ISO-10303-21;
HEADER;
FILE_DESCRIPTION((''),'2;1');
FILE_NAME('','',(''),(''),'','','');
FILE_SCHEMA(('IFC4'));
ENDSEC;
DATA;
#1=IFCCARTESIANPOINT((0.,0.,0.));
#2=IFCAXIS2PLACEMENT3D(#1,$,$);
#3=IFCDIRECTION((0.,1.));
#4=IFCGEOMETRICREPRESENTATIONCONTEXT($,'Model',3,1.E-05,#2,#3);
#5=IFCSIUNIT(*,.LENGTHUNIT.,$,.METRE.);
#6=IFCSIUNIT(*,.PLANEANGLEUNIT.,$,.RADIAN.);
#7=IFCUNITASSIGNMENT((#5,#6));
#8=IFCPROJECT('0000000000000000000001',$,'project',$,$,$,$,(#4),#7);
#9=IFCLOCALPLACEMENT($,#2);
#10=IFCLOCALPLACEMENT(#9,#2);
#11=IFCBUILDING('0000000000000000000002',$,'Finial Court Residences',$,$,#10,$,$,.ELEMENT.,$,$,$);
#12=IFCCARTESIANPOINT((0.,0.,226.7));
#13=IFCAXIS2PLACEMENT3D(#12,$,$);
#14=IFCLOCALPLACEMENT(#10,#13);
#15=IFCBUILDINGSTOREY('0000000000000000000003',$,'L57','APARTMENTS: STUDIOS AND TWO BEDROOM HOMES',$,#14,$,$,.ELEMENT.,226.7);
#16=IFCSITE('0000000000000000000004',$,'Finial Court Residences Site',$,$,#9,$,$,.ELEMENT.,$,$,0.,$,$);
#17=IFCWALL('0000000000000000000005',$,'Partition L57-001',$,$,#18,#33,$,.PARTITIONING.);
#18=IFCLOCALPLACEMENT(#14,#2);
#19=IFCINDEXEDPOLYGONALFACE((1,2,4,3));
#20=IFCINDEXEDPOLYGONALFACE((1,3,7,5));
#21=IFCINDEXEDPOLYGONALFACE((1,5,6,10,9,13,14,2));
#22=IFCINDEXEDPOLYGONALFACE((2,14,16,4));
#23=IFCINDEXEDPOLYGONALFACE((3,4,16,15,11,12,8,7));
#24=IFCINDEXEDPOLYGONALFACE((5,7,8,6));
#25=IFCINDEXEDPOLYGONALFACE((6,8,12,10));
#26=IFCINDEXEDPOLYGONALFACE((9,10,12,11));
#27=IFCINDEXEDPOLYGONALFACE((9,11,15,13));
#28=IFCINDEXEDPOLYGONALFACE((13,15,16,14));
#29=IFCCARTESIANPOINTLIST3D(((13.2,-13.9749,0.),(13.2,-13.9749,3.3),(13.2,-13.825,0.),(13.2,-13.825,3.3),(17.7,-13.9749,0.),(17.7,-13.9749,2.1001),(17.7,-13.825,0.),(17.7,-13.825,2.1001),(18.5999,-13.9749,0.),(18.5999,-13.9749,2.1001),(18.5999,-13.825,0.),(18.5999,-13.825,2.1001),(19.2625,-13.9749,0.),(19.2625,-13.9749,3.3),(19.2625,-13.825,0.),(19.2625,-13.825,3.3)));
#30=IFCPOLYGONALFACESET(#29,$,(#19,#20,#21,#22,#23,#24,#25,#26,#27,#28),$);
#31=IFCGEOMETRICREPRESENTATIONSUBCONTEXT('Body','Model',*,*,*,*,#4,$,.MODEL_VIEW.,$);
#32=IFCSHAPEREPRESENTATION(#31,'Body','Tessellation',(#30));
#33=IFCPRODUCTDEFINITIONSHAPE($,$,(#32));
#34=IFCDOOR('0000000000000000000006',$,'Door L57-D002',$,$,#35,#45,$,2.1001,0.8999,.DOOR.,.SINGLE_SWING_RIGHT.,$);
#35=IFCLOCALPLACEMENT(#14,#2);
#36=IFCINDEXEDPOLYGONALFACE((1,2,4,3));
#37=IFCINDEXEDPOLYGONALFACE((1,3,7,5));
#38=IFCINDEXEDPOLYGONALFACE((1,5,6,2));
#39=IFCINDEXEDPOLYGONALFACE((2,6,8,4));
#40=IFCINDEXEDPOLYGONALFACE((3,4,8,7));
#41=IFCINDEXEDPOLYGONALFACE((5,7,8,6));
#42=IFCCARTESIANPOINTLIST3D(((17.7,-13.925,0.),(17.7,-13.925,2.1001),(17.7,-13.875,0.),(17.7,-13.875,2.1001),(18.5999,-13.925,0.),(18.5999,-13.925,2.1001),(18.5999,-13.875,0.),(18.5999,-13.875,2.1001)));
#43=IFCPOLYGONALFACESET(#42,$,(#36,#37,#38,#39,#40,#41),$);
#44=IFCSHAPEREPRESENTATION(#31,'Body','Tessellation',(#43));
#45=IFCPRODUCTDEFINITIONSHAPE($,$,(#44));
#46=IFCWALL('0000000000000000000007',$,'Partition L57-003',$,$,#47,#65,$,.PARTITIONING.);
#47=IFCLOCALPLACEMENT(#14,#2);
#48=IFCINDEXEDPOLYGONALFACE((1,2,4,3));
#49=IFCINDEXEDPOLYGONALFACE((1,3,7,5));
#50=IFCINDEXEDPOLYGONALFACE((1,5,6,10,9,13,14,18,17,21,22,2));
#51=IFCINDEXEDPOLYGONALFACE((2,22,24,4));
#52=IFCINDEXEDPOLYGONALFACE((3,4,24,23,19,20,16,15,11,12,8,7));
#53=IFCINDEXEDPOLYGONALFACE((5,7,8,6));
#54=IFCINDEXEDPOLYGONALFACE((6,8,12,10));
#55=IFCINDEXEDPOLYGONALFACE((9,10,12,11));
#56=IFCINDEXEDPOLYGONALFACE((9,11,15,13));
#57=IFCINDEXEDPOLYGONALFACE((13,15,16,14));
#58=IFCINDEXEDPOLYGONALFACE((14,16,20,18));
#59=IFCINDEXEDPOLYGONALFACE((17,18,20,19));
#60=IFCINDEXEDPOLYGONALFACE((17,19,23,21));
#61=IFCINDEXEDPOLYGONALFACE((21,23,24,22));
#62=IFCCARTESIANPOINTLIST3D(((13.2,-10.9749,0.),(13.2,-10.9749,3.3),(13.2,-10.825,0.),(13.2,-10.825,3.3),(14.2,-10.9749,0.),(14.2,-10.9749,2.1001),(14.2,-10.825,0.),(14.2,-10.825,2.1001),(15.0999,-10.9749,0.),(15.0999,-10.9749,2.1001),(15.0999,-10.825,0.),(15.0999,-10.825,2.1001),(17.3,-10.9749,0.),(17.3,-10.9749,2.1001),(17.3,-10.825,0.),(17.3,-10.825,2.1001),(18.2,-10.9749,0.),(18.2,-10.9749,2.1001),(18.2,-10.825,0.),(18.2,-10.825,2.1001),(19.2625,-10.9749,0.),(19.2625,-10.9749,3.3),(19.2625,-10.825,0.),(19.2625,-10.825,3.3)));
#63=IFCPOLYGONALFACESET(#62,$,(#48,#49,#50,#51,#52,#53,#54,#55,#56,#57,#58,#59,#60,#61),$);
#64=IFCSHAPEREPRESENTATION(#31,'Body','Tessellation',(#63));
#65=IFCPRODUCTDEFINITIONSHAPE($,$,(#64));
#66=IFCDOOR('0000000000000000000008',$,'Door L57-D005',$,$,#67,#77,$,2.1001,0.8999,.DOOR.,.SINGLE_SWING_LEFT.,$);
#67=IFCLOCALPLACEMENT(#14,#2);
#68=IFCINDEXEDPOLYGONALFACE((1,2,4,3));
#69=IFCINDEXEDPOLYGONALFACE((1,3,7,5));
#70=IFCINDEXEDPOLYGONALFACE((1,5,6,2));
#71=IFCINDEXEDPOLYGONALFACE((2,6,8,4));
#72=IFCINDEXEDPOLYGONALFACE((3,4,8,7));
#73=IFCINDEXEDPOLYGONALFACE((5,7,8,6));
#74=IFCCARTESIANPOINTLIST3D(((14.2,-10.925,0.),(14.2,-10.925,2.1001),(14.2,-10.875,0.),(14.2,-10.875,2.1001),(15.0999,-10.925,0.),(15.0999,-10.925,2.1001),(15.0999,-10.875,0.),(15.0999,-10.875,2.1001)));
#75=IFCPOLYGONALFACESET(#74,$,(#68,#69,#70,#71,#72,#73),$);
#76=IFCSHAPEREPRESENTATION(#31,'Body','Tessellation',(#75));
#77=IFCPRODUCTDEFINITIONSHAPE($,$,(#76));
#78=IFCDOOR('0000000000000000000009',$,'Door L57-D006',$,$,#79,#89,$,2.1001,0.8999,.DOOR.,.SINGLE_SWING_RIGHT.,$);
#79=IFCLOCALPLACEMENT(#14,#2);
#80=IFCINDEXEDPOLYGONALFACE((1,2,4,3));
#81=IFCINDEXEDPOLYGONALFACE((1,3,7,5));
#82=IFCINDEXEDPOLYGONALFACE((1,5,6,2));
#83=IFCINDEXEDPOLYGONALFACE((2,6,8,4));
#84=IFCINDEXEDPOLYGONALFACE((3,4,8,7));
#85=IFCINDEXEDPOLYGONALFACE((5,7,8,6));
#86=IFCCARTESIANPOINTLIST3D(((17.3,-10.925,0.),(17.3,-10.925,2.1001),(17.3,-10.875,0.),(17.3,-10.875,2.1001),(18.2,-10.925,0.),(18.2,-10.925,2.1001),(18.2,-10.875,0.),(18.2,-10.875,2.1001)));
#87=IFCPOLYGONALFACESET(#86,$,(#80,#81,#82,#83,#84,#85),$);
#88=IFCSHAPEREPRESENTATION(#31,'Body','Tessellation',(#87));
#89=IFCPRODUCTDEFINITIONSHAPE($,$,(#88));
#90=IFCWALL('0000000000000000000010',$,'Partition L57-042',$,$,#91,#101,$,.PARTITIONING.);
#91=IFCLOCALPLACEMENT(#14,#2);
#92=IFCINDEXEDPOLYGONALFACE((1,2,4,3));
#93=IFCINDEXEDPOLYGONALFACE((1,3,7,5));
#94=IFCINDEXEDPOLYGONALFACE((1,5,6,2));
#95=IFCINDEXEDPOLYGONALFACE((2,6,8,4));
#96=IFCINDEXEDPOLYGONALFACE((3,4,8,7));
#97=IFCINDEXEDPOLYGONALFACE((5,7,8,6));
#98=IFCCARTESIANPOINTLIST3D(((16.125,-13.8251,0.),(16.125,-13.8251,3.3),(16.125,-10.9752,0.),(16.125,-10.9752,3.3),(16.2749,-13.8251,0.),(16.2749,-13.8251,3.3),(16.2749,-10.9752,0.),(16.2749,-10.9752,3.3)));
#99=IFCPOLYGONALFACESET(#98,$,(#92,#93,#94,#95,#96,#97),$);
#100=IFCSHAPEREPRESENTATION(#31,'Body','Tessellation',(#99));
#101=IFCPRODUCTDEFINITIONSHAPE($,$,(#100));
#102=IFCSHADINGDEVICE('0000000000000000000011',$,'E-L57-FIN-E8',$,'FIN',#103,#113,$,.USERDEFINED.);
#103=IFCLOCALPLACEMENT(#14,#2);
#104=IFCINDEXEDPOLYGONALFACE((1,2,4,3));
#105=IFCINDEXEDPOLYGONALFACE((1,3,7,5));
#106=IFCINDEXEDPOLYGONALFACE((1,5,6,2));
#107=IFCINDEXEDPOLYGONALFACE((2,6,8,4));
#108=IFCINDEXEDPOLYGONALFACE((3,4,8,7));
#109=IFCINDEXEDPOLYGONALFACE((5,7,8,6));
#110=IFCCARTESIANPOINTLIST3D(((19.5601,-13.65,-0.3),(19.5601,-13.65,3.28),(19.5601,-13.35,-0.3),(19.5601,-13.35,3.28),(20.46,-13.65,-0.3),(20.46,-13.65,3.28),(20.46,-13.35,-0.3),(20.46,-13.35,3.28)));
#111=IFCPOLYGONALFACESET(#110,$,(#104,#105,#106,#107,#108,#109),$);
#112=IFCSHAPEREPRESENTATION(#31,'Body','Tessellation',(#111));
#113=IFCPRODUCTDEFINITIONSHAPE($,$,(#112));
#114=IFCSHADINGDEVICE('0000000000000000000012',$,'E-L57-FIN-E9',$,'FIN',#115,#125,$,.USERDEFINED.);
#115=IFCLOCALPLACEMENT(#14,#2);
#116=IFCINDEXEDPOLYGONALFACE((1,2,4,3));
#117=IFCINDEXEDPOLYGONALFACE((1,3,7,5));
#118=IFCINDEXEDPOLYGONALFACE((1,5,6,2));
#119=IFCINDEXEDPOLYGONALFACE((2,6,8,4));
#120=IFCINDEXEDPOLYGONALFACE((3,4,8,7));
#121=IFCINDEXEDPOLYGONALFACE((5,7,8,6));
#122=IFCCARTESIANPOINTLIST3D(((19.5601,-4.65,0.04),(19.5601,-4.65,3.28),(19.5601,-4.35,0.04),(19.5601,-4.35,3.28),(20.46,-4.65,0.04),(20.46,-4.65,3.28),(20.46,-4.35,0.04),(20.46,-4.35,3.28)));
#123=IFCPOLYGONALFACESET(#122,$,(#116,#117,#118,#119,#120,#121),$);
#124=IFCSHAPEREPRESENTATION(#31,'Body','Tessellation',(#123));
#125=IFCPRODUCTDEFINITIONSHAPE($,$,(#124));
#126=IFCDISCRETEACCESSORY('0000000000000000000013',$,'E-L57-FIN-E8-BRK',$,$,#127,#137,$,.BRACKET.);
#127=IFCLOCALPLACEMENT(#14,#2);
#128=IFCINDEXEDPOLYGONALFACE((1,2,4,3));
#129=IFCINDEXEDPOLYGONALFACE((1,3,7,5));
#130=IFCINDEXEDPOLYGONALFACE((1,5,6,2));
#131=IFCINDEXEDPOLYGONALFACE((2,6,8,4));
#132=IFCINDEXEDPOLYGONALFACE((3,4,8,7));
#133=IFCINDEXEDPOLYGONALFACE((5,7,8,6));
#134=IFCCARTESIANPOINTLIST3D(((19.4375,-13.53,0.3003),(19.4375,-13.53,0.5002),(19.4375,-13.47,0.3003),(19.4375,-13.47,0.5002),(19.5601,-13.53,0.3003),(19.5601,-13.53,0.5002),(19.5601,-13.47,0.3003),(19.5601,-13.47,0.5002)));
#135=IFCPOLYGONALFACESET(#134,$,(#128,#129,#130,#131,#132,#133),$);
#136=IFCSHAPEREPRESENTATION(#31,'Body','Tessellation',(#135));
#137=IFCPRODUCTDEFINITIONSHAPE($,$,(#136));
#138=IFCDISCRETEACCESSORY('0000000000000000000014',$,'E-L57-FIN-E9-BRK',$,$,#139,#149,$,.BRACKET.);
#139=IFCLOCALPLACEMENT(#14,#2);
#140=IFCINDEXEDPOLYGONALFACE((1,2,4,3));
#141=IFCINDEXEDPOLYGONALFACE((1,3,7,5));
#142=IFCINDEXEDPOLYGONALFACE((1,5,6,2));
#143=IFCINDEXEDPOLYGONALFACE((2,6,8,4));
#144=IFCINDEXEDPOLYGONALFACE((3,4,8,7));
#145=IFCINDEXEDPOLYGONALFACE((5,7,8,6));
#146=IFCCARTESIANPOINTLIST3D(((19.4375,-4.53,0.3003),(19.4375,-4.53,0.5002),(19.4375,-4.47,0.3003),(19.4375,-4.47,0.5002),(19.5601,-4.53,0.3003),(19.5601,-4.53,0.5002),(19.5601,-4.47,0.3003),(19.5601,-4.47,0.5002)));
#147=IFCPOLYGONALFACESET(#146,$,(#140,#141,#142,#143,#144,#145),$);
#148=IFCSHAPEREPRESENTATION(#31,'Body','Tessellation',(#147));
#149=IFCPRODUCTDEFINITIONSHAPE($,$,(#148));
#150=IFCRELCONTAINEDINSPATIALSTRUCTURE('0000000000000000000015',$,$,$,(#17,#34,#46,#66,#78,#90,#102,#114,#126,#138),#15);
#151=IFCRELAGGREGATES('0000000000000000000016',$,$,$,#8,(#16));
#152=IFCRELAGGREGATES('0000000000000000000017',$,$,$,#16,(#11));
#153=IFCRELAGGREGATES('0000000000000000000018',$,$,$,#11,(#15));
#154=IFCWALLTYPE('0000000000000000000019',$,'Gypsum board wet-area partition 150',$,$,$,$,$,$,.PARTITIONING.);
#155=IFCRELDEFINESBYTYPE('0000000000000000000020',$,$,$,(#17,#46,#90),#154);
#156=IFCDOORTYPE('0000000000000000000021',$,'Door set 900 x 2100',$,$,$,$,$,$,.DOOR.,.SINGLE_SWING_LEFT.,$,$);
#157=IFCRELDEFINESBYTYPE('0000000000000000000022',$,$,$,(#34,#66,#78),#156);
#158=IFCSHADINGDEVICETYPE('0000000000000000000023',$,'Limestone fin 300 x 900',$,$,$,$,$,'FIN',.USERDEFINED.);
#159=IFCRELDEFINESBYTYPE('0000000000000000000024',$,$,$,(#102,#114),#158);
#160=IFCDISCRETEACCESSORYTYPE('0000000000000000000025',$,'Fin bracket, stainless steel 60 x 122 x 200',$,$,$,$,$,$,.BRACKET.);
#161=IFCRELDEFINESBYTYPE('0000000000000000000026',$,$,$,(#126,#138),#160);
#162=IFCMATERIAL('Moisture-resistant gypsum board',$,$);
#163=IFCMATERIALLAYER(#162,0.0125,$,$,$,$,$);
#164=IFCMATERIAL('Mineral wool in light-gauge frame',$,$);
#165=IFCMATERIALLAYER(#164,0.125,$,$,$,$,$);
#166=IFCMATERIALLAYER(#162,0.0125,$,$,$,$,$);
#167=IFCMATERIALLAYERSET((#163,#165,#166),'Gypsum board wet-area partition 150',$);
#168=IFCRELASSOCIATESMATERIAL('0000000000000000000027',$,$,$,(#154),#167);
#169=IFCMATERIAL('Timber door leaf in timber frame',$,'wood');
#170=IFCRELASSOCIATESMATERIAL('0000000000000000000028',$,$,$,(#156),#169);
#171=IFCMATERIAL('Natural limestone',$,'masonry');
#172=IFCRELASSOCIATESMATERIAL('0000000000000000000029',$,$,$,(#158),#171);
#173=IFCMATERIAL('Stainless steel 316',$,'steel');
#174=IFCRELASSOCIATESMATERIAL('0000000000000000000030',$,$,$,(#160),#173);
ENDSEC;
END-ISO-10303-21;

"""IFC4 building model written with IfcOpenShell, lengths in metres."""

from ifc_helpers import new_model, si_unit, direction, frame, frame_2d, origin, origin_2d, place, context, subcontext, project, spatial, rectangle, extrude, material, layer, layer_set, type_object, element, fill, save


model = new_model("IFC4")

# Units and contexts
model_context = context("Model", 3, precision=1e-05, world=origin(), true_north=direction((0.0, 1.0)))
body_context = subcontext(model_context, "Body", "Model", "MODEL_VIEW")
ifc_project = project(units=[si_unit("LENGTHUNIT", "METRE"), si_unit("PLANEANGLEUNIT", "RADIAN")], contexts=[model_context])

# Site, building, storey
site_placement = place(None, origin())
site = spatial("IfcSite", under=ifc_project, at=site_placement, Name="Finial Court Residences Site", CompositionType="ELEMENT", RefElevation=0.0)
building_placement = place(site_placement, origin())
building = spatial("IfcBuilding", under=site, at=building_placement, Name="Finial Court Residences", CompositionType="ELEMENT")
storey_placement = place(building_placement, frame((0.0, 0.0, 226.7)))
storey = spatial("IfcBuildingStorey", under=building, at=storey_placement, Name="L57", Description="APARTMENTS: STUDIOS AND TWO BEDROOM HOMES", CompositionType="ELEMENT", Elevation=226.7)

# Wall, opening, door
ifc_material_1 = material(Name="Moisture-resistant gypsum board")
ifc_layer_1 = layer(ifc_material_1, 0.0125)
ifc_material_2 = material(Name="Mineral wool in light-gauge frame")
ifc_layer_2 = layer(ifc_material_2, 0.125)
ifc_layer_3 = layer(ifc_material_1, 0.0125)
ifc_layer_set_1 = layer_set([ifc_layer_1, ifc_layer_2, ifc_layer_3], Name="Gypsum board wet-area partition 150")
wall_type_1 = type_object("IfcWallType", Name="Gypsum board wet-area partition 150", PredefinedType="PARTITIONING", material=ifc_layer_set_1)
wall_1_placement = place(storey_placement, frame((13.2, -13.8999, 0.0), z_axis=(0.0, 0.0, 1.0), x_axis=(1.0, 0.0, 0.0)))
wall_1 = element("IfcWall", 1, at=wall_1_placement, inside=storey, type_object=wall_type_1, Name="Partition L57-001", PredefinedType="PARTITIONING", context=body_context, shape_type="SweptSolid", body=[
    extrude(rectangle(XDim=6.0625, YDim=0.1499, at=frame_2d((3.0312, 0.0))), origin(), (0.0, 0.0, 1.0), 3.3),
])
opening_1_placement = place(wall_1_placement, frame((4.5, 0.0, 0.0)))
opening_1 = element("IfcOpeningElement", 2, at=opening_1_placement, cuts=wall_1, PredefinedType="OPENING", context=body_context, shape_type="SweptSolid", body=[
    extrude(rectangle(XDim=0.8999, YDim=2.1001, at=frame_2d((0.45, 1.05))), frame((0.0, 0.085, 0.0), z_axis=(0.0, -1.0, 0.0), x_axis=(1.0, 0.0, 0.0)), (0.0, 0.0, 1.0), 0.1699),
])
ifc_material_3 = material(Name="Timber door leaf in timber frame", Category="wood")
door_type_1 = type_object("IfcDoorType", Name="Door set 900 x 2100", OperationType="SINGLE_SWING_LEFT", PredefinedType="DOOR", material=ifc_material_3)
door_1_placement = place(opening_1_placement, origin())
door_1 = element("IfcDoor", 3, at=door_1_placement, inside=storey, type_object=door_type_1, Name="Door L57-D002", OperationType="SINGLE_SWING_RIGHT", OverallHeight=2.1001, OverallWidth=0.8999, PredefinedType="DOOR", context=body_context, shape_type="SweptSolid", body=[
    extrude(rectangle(XDim=0.8999, YDim=2.1001, at=frame_2d((0.45, 1.05))), frame((0.0, 0.0249, 0.0), z_axis=(0.0, -1.0, 0.0), x_axis=(1.0, 0.0, 0.0)), (0.0, 0.0, 1.0), 0.05),
])
fill(opening_1, door_1)

# Wall, openings, doors
wall_2_placement = place(storey_placement, frame((13.2, -10.8999, 0.0), z_axis=(0.0, 0.0, 1.0), x_axis=(1.0, 0.0, 0.0)))
wall_2 = element("IfcWall", 4, at=wall_2_placement, inside=storey, type_object=wall_type_1, Name="Partition L57-003", PredefinedType="PARTITIONING", context=body_context, shape_type="SweptSolid", body=[
    extrude(rectangle(XDim=6.0625, YDim=0.1499, at=frame_2d((3.0312, 0.0))), origin(), (0.0, 0.0, 1.0), 3.3),
])
opening_2_placement = place(wall_2_placement, frame((1.0, 0.0, 0.0)))
opening_2 = element("IfcOpeningElement", 5, at=opening_2_placement, cuts=wall_2, PredefinedType="OPENING", context=body_context, shape_type="SweptSolid", body=[
    extrude(rectangle(XDim=0.8999, YDim=2.1001, at=frame_2d((0.45, 1.05))), frame((0.0, 0.085, 0.0), z_axis=(0.0, -1.0, 0.0), x_axis=(1.0, 0.0, 0.0)), (0.0, 0.0, 1.0), 0.1699),
])
opening_3_placement = place(wall_2_placement, frame((4.1001, 0.0, 0.0)))
opening_3 = element("IfcOpeningElement", 6, at=opening_3_placement, cuts=wall_2, PredefinedType="OPENING", context=body_context, shape_type="SweptSolid", body=[
    extrude(rectangle(XDim=0.8999, YDim=2.1001, at=frame_2d((0.45, 1.05))), frame((0.0, 0.085, 0.0), z_axis=(0.0, -1.0, 0.0), x_axis=(1.0, 0.0, 0.0)), (0.0, 0.0, 1.0), 0.1699),
])
door_2_placement = place(opening_2_placement, origin())
door_2 = element("IfcDoor", 7, at=door_2_placement, inside=storey, type_object=door_type_1, Name="Door L57-D005", OperationType="SINGLE_SWING_LEFT", OverallHeight=2.1001, OverallWidth=0.8999, PredefinedType="DOOR", context=body_context, shape_type="SweptSolid", body=[
    extrude(rectangle(XDim=0.8999, YDim=2.1001, at=frame_2d((0.45, 1.05))), frame((0.0, 0.0249, 0.0), z_axis=(0.0, -1.0, 0.0), x_axis=(1.0, 0.0, 0.0)), (0.0, 0.0, 1.0), 0.05),
])
fill(opening_2, door_2)
door_3_placement = place(opening_3_placement, origin())
door_3 = element("IfcDoor", 8, at=door_3_placement, inside=storey, type_object=door_type_1, Name="Door L57-D006", OperationType="SINGLE_SWING_RIGHT", OverallHeight=2.1001, OverallWidth=0.8999, PredefinedType="DOOR", context=body_context, shape_type="SweptSolid", body=[
    extrude(rectangle(XDim=0.8999, YDim=2.1001, at=frame_2d((0.45, 1.05))), frame((0.0, 0.0249, 0.0), z_axis=(0.0, -1.0, 0.0), x_axis=(1.0, 0.0, 0.0)), (0.0, 0.0, 1.0), 0.05),
])
fill(opening_3, door_3)

# Wall
wall_3_placement = place(storey_placement, frame((16.2, -13.825, 0.0), z_axis=(0.0, 0.0, 1.0), x_axis=(0.0, 1.0, 0.0)))
element("IfcWall", 9, at=wall_3_placement, inside=storey, type_object=wall_type_1, Name="Partition L57-042", PredefinedType="PARTITIONING", context=body_context, shape_type="SweptSolid", body=[
    extrude(rectangle(XDim=2.8499, YDim=0.1499, at=frame_2d((1.4248, 0.0))), origin(), (0.0, 0.0, 1.0), 3.3),
])

# Shading devices
ifc_material_4 = material(Name="Natural limestone", Category="masonry")
shading_device_type = type_object("IfcShadingDeviceType", Name="Limestone fin 300 x 900", ElementType="FIN", PredefinedType="USERDEFINED", material=ifc_material_4)
shading_device_1_placement = place(storey_placement, frame((20.01, -13.5, -0.3), z_axis=(0.0, 0.0, 1.0), x_axis=(1.0, 0.0, 0.0)))
element("IfcShadingDevice", 10, at=shading_device_1_placement, inside=storey, type_object=shading_device_type, Name="E-L57-FIN-E8", ObjectType="FIN", PredefinedType="USERDEFINED", context=body_context, shape_type="SweptSolid", body=[
    extrude(rectangle(XDim=0.8999, YDim=0.3, at=origin_2d()), origin(), (0.0, 0.0, 1.0), 3.5801),
])
shading_device_2_placement = place(storey_placement, frame((20.01, -4.5, 0.04), z_axis=(0.0, 0.0, 1.0), x_axis=(1.0, 0.0, 0.0)))
element("IfcShadingDevice", 11, at=shading_device_2_placement, inside=storey, type_object=shading_device_type, Name="E-L57-FIN-E9", ObjectType="FIN", PredefinedType="USERDEFINED", context=body_context, shape_type="SweptSolid", body=[
    extrude(rectangle(XDim=0.8999, YDim=0.3, at=origin_2d()), origin(), (0.0, 0.0, 1.0), 3.24),
])

# Discrete accessories
ifc_material_5 = material(Name="Stainless steel 316", Category="steel")
discrete_accessory_type = type_object("IfcDiscreteAccessoryType", Name="Fin bracket, stainless steel 60 x 122 x 200", PredefinedType="BRACKET", material=ifc_material_5)
for number, where, z_axis, x_axis, name in (
    (12, (19.4988, -13.5, 0.3003), (0.0, 0.0, 1.0), (1.0, 0.0, 0.0), "E-L57-FIN-E8-BRK"),
    (13, (19.4988, -4.5, 0.3003), (0.0, 0.0, 1.0), (1.0, 0.0, 0.0), "E-L57-FIN-E9-BRK"),
):
    element("IfcDiscreteAccessory", number, at=place(storey_placement, frame(where, z_axis=z_axis, x_axis=x_axis)), inside=storey, type_object=discrete_accessory_type, Name=name, PredefinedType="BRACKET", context=body_context, shape_type="SweptSolid", body=[
        extrude(rectangle(XDim=0.1226, YDim=0.0601, at=origin_2d()), origin(), (0.0, 0.0, 1.0), 0.2),
    ])

save(model, "model.ifc")
